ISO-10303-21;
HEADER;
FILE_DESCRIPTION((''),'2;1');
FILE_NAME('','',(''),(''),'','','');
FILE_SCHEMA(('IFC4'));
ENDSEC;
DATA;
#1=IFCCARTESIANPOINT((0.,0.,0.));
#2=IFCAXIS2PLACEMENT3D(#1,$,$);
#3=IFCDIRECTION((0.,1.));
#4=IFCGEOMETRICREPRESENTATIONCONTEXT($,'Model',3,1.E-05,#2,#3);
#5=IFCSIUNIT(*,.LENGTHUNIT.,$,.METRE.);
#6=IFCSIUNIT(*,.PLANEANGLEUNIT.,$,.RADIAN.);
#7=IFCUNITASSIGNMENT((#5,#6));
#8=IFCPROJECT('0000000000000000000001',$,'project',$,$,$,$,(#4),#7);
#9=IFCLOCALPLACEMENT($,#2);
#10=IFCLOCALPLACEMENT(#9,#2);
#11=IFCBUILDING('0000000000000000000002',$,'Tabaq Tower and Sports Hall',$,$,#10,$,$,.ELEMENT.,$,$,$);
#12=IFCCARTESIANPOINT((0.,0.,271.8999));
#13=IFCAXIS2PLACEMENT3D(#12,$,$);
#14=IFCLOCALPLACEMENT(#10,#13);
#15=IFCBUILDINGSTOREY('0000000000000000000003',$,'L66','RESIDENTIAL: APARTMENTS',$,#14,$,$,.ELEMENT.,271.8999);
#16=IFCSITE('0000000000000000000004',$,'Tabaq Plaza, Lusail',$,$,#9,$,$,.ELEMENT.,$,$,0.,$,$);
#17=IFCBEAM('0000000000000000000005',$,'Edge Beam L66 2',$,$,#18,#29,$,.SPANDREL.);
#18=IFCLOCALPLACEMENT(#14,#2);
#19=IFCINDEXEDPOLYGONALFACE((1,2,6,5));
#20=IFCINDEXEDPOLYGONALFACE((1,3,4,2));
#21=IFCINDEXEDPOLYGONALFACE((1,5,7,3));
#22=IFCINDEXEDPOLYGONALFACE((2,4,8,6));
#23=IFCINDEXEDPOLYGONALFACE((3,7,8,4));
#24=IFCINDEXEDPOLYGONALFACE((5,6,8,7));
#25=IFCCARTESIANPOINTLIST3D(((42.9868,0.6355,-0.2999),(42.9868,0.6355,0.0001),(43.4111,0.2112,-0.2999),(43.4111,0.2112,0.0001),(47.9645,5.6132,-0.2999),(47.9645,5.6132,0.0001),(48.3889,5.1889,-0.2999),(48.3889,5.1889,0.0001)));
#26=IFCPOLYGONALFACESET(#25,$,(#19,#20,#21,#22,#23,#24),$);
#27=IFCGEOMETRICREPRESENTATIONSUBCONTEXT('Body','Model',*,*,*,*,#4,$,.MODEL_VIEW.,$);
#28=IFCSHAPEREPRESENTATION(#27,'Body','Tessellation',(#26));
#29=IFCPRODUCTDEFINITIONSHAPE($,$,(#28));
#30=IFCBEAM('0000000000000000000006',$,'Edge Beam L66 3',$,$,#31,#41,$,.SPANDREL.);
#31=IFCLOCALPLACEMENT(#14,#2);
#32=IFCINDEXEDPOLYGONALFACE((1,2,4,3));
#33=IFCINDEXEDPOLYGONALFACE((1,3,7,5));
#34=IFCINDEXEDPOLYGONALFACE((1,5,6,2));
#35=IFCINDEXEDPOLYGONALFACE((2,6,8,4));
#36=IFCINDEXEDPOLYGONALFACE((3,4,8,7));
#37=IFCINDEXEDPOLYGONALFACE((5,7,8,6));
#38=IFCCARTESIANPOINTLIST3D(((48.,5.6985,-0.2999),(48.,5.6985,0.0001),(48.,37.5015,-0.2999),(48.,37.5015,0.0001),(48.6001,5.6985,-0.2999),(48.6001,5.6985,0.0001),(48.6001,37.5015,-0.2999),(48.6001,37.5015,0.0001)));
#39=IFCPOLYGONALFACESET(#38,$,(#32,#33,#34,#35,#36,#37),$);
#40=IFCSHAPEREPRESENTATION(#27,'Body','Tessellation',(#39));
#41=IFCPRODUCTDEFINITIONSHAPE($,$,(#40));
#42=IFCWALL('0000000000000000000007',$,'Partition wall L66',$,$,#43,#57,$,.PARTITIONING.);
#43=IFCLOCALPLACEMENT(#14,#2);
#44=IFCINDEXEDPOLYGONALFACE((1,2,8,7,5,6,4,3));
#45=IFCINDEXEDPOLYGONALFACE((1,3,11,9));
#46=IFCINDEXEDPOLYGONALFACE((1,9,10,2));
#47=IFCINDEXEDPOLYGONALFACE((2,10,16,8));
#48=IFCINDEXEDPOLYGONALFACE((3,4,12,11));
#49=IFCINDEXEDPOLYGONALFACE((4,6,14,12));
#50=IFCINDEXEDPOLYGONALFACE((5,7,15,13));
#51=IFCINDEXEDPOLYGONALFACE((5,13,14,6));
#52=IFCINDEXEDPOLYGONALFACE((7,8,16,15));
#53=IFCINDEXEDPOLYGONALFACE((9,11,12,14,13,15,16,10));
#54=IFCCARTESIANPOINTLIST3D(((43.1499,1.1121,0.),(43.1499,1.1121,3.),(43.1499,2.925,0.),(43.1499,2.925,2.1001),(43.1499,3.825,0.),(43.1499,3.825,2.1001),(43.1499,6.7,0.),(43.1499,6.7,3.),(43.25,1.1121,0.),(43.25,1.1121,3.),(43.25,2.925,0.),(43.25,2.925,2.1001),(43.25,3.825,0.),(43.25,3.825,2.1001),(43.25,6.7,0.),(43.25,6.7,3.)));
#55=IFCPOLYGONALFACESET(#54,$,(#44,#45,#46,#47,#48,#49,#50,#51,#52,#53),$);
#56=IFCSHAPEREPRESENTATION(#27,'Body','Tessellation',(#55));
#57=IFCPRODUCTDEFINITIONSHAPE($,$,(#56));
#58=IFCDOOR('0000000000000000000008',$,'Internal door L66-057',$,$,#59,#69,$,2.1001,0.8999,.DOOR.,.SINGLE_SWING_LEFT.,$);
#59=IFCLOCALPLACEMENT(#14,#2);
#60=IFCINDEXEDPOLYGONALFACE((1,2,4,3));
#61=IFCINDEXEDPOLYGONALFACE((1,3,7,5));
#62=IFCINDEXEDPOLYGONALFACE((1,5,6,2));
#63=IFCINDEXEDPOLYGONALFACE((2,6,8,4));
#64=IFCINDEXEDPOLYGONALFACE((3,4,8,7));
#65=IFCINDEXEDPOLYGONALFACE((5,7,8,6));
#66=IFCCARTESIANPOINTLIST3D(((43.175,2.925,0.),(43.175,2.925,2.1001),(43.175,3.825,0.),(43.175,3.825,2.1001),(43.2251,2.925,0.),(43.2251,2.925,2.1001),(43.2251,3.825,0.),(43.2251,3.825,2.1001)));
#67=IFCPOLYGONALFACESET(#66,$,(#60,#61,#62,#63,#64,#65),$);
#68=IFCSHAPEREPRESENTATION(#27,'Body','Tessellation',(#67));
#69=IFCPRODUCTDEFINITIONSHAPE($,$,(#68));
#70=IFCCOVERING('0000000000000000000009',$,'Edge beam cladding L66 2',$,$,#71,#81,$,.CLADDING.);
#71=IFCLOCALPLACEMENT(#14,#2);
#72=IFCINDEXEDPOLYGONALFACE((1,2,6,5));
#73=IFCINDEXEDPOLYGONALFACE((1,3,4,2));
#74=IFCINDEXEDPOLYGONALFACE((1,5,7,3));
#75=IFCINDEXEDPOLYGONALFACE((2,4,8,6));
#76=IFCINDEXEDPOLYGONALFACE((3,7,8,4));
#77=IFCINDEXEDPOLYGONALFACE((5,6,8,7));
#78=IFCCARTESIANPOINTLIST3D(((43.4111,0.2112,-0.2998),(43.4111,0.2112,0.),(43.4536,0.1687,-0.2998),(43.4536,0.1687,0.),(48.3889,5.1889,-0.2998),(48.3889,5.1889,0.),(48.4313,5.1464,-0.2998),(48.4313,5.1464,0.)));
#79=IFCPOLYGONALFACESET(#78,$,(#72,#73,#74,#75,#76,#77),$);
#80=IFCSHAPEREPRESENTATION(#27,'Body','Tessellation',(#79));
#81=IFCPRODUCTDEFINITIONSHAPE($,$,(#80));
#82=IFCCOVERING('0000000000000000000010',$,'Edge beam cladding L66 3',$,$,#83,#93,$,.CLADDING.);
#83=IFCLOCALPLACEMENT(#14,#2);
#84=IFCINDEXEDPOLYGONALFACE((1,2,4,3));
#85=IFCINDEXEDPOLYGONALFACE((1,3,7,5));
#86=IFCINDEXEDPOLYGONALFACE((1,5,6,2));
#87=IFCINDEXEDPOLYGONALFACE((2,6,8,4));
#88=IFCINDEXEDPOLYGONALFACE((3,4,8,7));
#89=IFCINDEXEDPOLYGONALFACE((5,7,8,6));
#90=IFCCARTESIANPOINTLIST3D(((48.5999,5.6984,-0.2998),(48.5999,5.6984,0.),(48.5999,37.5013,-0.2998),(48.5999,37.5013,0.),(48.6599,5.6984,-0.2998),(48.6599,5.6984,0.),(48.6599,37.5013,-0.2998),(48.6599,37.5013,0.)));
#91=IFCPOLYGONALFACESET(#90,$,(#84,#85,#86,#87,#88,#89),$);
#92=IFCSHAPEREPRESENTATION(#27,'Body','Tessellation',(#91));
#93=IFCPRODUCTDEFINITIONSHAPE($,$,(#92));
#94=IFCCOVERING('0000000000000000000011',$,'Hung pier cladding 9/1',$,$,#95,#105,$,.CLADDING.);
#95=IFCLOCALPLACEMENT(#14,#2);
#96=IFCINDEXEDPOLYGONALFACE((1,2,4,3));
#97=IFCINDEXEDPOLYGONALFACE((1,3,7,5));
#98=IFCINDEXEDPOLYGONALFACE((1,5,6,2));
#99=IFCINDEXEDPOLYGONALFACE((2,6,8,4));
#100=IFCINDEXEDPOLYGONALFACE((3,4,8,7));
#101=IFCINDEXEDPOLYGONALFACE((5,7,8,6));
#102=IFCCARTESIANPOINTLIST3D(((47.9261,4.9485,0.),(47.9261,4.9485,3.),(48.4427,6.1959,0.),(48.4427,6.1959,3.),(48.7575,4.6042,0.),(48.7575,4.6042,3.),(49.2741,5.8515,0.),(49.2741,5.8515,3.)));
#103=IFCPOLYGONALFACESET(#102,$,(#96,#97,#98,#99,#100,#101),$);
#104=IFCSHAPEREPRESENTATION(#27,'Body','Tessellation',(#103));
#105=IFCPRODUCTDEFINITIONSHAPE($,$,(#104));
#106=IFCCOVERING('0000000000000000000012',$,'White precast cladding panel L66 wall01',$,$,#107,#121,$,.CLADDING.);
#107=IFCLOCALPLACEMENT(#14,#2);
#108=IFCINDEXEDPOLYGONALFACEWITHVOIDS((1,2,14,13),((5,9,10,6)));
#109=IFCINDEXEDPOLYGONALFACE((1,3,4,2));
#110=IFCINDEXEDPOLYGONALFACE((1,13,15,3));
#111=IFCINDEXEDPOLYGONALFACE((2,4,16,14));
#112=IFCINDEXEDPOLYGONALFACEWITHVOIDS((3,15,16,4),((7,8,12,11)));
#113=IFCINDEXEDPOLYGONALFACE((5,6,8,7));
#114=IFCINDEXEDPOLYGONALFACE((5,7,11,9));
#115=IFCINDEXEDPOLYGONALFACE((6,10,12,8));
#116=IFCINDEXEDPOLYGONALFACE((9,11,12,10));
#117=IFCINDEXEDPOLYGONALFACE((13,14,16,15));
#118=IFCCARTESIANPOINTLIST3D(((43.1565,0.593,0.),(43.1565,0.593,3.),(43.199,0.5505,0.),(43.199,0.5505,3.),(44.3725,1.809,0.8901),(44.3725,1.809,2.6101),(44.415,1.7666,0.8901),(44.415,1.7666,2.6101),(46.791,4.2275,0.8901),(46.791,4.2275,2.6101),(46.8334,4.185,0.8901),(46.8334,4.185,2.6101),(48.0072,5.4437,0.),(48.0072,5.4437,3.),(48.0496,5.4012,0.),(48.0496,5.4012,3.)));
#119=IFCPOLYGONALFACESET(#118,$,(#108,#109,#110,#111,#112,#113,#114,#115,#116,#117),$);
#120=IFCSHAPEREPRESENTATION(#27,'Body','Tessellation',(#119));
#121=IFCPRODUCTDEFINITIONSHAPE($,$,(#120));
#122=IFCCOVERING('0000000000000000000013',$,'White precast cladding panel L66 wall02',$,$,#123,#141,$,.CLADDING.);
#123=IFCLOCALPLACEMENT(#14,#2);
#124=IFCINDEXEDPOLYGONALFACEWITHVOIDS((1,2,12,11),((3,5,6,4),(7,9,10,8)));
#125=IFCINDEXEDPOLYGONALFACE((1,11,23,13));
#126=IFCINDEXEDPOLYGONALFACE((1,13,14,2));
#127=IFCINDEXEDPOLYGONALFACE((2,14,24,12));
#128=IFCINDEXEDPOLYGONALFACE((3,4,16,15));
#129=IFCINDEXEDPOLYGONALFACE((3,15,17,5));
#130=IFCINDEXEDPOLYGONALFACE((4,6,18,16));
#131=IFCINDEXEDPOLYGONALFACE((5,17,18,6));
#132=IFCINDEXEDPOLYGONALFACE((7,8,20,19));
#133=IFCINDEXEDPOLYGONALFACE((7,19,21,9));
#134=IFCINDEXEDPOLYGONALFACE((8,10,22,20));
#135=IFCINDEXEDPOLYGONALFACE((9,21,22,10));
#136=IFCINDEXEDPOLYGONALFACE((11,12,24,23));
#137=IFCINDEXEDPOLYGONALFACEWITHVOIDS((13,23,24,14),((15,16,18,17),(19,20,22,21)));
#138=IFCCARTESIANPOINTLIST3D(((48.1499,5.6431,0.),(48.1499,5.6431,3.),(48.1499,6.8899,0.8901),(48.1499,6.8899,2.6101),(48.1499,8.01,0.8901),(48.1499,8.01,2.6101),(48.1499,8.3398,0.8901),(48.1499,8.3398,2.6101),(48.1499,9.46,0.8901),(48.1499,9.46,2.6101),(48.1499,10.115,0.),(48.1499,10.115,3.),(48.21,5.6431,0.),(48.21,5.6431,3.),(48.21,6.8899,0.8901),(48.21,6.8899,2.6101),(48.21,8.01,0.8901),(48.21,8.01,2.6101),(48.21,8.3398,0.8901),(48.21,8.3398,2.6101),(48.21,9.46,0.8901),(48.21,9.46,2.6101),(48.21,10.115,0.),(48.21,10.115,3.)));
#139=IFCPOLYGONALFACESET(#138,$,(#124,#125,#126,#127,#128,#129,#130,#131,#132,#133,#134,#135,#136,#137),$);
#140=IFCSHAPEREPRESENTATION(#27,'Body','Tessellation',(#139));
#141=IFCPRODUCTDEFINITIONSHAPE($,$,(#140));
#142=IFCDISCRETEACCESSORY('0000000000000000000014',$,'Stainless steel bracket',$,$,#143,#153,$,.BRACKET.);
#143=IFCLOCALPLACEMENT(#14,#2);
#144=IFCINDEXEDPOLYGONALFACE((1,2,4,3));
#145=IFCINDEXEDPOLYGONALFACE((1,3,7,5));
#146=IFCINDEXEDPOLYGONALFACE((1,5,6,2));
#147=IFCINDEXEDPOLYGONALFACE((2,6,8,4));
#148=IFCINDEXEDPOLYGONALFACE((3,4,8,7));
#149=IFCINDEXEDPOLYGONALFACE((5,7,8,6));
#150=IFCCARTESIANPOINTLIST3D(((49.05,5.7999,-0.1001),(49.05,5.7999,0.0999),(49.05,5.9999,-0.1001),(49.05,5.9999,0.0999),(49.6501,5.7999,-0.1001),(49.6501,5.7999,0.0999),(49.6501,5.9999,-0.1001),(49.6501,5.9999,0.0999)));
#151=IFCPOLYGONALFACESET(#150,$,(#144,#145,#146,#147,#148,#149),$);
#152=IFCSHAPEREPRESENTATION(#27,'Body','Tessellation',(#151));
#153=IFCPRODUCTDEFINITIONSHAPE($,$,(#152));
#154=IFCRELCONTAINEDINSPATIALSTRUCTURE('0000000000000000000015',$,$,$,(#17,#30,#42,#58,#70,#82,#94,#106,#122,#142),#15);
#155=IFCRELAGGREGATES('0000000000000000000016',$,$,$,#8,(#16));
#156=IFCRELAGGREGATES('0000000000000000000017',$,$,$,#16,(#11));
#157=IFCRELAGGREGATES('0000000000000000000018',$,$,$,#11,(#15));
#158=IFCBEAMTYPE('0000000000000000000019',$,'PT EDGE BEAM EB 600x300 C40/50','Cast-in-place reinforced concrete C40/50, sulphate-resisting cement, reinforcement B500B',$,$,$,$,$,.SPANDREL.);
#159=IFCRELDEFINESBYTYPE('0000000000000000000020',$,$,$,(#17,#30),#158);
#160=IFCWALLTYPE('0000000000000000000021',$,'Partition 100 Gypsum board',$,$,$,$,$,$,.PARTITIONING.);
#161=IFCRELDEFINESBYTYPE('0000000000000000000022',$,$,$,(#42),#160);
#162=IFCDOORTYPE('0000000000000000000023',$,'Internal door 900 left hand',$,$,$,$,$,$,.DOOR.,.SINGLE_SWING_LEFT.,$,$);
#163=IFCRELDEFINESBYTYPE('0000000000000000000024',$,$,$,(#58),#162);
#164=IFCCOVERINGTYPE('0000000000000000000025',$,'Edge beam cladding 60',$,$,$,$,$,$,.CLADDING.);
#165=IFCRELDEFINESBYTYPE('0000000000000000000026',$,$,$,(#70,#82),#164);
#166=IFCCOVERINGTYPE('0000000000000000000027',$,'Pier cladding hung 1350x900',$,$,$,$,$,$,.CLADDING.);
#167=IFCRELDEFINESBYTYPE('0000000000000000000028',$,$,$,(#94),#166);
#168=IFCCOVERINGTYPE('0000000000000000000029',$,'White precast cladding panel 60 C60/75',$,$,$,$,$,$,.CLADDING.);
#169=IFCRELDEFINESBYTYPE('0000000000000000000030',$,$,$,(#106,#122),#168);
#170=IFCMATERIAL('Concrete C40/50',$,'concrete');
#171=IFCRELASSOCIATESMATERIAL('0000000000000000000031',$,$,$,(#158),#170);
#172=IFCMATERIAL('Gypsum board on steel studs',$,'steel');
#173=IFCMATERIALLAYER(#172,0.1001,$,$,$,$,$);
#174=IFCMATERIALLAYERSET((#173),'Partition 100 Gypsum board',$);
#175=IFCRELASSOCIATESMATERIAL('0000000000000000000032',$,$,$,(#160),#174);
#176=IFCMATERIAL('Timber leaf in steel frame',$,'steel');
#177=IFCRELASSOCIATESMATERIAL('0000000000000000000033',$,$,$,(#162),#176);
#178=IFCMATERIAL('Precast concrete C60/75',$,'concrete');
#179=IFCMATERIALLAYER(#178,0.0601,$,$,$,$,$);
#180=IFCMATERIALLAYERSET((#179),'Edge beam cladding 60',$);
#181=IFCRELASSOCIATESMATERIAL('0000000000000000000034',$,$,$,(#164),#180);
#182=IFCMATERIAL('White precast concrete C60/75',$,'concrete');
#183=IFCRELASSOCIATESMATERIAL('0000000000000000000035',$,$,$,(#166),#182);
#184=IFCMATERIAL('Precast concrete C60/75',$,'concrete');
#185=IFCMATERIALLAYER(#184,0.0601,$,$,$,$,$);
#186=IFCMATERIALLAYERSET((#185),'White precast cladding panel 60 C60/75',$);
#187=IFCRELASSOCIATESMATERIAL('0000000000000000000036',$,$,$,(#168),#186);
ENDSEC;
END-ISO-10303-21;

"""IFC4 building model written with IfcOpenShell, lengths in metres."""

from ifc_helpers import new_model, si_unit, direction, frame, frame_2d, origin, origin_2d, place, context, subcontext, project, spatial, polyline, rectangle, outline, extrude, material, layer, layer_set, material_profile, profile_set, type_object, element, fill, save


model = new_model("IFC4")

# Units and contexts
model_context = context("Model", 3, precision=1e-05, world=origin(), true_north=direction((0.0, 1.0)))
body_context = subcontext(model_context, "Body", "Model", "MODEL_VIEW")
ifc_project = project(units=[si_unit("LENGTHUNIT", "METRE"), si_unit("PLANEANGLEUNIT", "RADIAN")], contexts=[model_context])

# Site, building, storey
site_placement = place(None, origin())
site = spatial("IfcSite", under=ifc_project, at=site_placement, Name="Tabaq Plaza, Lusail", CompositionType="ELEMENT", RefElevation=0.0)
building_placement = place(site_placement, origin())
building = spatial("IfcBuilding", under=site, at=building_placement, Name="Tabaq Tower and Sports Hall", CompositionType="ELEMENT")
storey_placement = place(building_placement, frame((0.0, 0.0, 271.8999)))
storey = spatial("IfcBuildingStorey", under=building, at=storey_placement, Name="L66", Description="RESIDENTIAL: APARTMENTS", CompositionType="ELEMENT", Elevation=271.8999)

# Beams
ifc_material_1 = material(Name="Concrete C40/50", Category="concrete")
ifc_material_profile = material_profile(ifc_material_1, rectangle(XDim=0.6001, YDim=0.3, at=origin_2d()), Name="EB 600x300")
ifc_profile_set = profile_set([ifc_material_profile], Name="Concrete C40/50")
beam_type = type_object("IfcBeamType", Name="PT EDGE BEAM EB 600x300 C40/50", Description="Cast-in-place reinforced concrete C40/50, sulphate-resisting cement, reinforcement B500B", PredefinedType="SPANDREL", material=ifc_profile_set)
beam_1_placement = place(storey_placement, frame((43.199, 0.4233, -0.1499), z_axis=(0.707107, 0.707107, 0.0), x_axis=(-0.707107, 0.707107, 0.0)))
element("IfcBeam", 1, at=beam_1_placement, inside=storey, type_object=beam_type, Name="Edge Beam L66 2", PredefinedType="SPANDREL", context=body_context, shape_type="SweptSolid", body=[
    extrude(rectangle(XDim=0.6001, YDim=0.3, at=origin_2d()), origin(), (0.0, 0.0, 1.0), 7.0396),
])
beam_2_placement = place(storey_placement, frame((48.3, 5.6985, -0.1499), z_axis=(0.0, 1.0, 0.0), x_axis=(-1.0, 0.0, 0.0)))
element("IfcBeam", 2, at=beam_2_placement, inside=storey, type_object=beam_type, Name="Edge Beam L66 3", PredefinedType="SPANDREL", context=body_context, shape_type="SweptSolid", body=[
    extrude(rectangle(XDim=0.6001, YDim=0.3, at=origin_2d()), origin(), (0.0, 0.0, 1.0), 31.803),
])

# Wall, opening, door
ifc_material_2 = material(Name="Gypsum board on steel studs", Category="steel")
ifc_layer_1 = layer(ifc_material_2, 0.1001)
ifc_layer_set_1 = layer_set([ifc_layer_1], Name="Partition 100 Gypsum board")
wall_type_1 = type_object("IfcWallType", Name="Partition 100 Gypsum board", PredefinedType="PARTITIONING", material=ifc_layer_set_1)
wall_1_placement = place(storey_placement, frame((43.2, 1.1121, 0.0), z_axis=(0.0, 0.0, 1.0), x_axis=(0.0, 1.0, 0.0)))
wall_1 = element("IfcWall", 3, at=wall_1_placement, inside=storey, type_object=wall_type_1, Name="Partition wall L66", PredefinedType="PARTITIONING", context=body_context, shape_type="SweptSolid", body=[
    extrude(rectangle(XDim=5.5879, YDim=0.1001, at=frame_2d((2.7939, 0.0))), origin(), (0.0, 0.0, 1.0), 3.0),
])
opening_1_placement = place(wall_1_placement, frame((1.813, 0.0, 0.0)))
opening_1 = element("IfcOpeningElement", 4, at=opening_1_placement, cuts=wall_1, PredefinedType="OPENING", context=body_context, shape_type="SweptSolid", body=[
    extrude(rectangle(XDim=0.8999, YDim=2.1001, at=frame_2d((0.45, 1.05))), frame((0.0, 0.05, 0.0), z_axis=(0.0, -1.0, 0.0), x_axis=(1.0, 0.0, 0.0)), (0.0, 0.0, 1.0), 0.1001),
])
ifc_material_3 = material(Name="Timber leaf in steel frame", Category="steel")
door_type = type_object("IfcDoorType", Name="Internal door 900 left hand", OperationType="SINGLE_SWING_LEFT", PredefinedType="DOOR", material=ifc_material_3)
door_placement = place(opening_1_placement, origin())
door = element("IfcDoor", 5, at=door_placement, inside=storey, type_object=door_type, Name="Internal door L66-057", OperationType="SINGLE_SWING_LEFT", OverallHeight=2.1001, OverallWidth=0.8999, PredefinedType="DOOR", context=body_context, shape_type="SweptSolid", body=[
    extrude(rectangle(XDim=0.8999, YDim=2.1001, at=frame_2d((0.45, 1.05))), frame((0.0, 0.0249, 0.0), z_axis=(0.0, -1.0, 0.0), x_axis=(1.0, 0.0, 0.0)), (0.0, 0.0, 1.0), 0.05),
])
fill(opening_1, door)

# Coverings
ifc_material_4 = material(Name="Precast concrete C60/75", Category="concrete")
ifc_layer_2 = layer(ifc_material_4, 0.0601)
ifc_layer_set_2 = layer_set([ifc_layer_2], Name="Edge beam cladding 60")
covering_type_1 = type_object("IfcCoveringType", Name="Edge beam cladding 60", PredefinedType="CLADDING", material=ifc_layer_set_2)
covering_1_placement = place(storey_placement, frame((43.4324, 0.1899, -0.2998), z_axis=(0.0, 0.0, 1.0), x_axis=(0.707107, 0.707107, 0.0)))
element("IfcCovering", 6, at=covering_1_placement, inside=storey, type_object=covering_type_1, Name="Edge beam cladding L66 2", PredefinedType="CLADDING", context=body_context, shape_type="SweptSolid", body=[
    extrude(rectangle(XDim=7.0396, YDim=0.0601, at=frame_2d((3.5198, 0.0))), origin(), (0.0, 0.0, 1.0), 0.2998),
])
covering_2_placement = place(storey_placement, frame((48.6299, 5.6985, -0.2998), z_axis=(0.0, 0.0, 1.0), x_axis=(0.0, 1.0, 0.0)))
element("IfcCovering", 7, at=covering_2_placement, inside=storey, type_object=covering_type_1, Name="Edge beam cladding L66 3", PredefinedType="CLADDING", context=body_context, shape_type="SweptSolid", body=[
    extrude(rectangle(XDim=31.803, YDim=0.0601, at=frame_2d((15.9014, 0.0))), origin(), (0.0, 0.0, 1.0), 0.2998),
])
ifc_material_5 = material(Name="White precast concrete C60/75", Category="concrete")
covering_type_2 = type_object("IfcCoveringType", Name="Pier cladding hung 1350x900", PredefinedType="CLADDING", material=ifc_material_5)
covering_3_placement = place(storey_placement, frame((48.3418, 4.7764, 0.0), z_axis=(0.0, 0.0, 1.0), x_axis=(0.38265, 0.923893, 0.0)))
element("IfcCovering", 8, at=covering_3_placement, inside=storey, type_object=covering_type_2, Name="Hung pier cladding 9/1", PredefinedType="CLADDING", context=body_context, shape_type="SweptSolid", body=[
    extrude(rectangle(XDim=1.3501, YDim=0.8999, at=frame_2d((0.675, 0.0))), origin(), (0.0, 0.0, 1.0), 3.0),
])
ifc_material_6 = material(Name="Precast concrete C60/75", Category="concrete")
ifc_layer_3 = layer(ifc_material_6, 0.0601)
ifc_layer_set_3 = layer_set([ifc_layer_3], Name="White precast cladding panel 60 C60/75")
covering_type_3 = type_object("IfcCoveringType", Name="White precast cladding panel 60 C60/75", PredefinedType="CLADDING", material=ifc_layer_set_3)
covering_4_placement = place(storey_placement, frame((43.1777, 0.5718, 0.0), z_axis=(0.0, 0.0, 1.0), x_axis=(0.707107, 0.707107, 0.0)))
element("IfcCovering", 9, at=covering_4_placement, inside=storey, type_object=covering_type_3, Name="White precast cladding panel L66 wall01", PredefinedType="CLADDING", context=body_context, shape_type="SweptSolid", body=[
    extrude(outline(polyline([(0.0, 0.0), (6.8599, 0.0), (6.8599, 3.0), (0.0, 3.0), (0.0, 0.0)]), holes=[polyline([(1.7197, 0.8901), (1.7197, 2.6101), (5.1399, 2.6101), (5.1399, 0.8901), (1.7197, 0.8901)])]), frame((0.0, 0.03, 0.0), z_axis=(0.0, -1.0, 0.0), x_axis=(1.0, 0.0, 0.0)), (0.0, 0.0, 1.0), 0.0601),
])
covering_5_placement = place(storey_placement, frame((48.1799, 5.6431, 0.0), z_axis=(0.0, 0.0, 1.0), x_axis=(0.0, 1.0, 0.0)))
element("IfcCovering", 10, at=covering_5_placement, inside=storey, type_object=covering_type_3, Name="White precast cladding panel L66 wall02", PredefinedType="CLADDING", context=body_context, shape_type="SweptSolid", body=[
    extrude(outline(polyline([(0.0, 0.0), (4.4719, 0.0), (4.4719, 3.0), (0.0, 3.0), (0.0, 0.0)]), holes=[polyline([(1.2468, 2.6101), (2.3669, 2.6101), (2.3669, 0.8901), (1.2468, 0.8901), (1.2468, 2.6101)]), polyline([(2.6968, 2.6101), (3.8169, 2.6101), (3.8169, 0.8901), (2.6968, 0.8901), (2.6968, 2.6101)])]), frame((0.0, 0.03, 0.0), z_axis=(0.0, -1.0, 0.0), x_axis=(1.0, 0.0, 0.0)), (0.0, 0.0, 1.0), 0.0601),
])

# Discrete accessory
discrete_accessory_placement = place(storey_placement, frame((49.3501, 5.8999, -0.1001), z_axis=(0.0, 0.0, 1.0), x_axis=(1.0, 0.0, 0.0)))
element("IfcDiscreteAccessory", 11, at=discrete_accessory_placement, inside=storey, Name="Stainless steel bracket", PredefinedType="BRACKET", context=body_context, shape_type="SweptSolid", body=[
    extrude(rectangle(XDim=0.6001, YDim=0.2, at=origin_2d()), origin(), (0.0, 0.0, 1.0), 0.2),
])

save(model, "model.ifc")
